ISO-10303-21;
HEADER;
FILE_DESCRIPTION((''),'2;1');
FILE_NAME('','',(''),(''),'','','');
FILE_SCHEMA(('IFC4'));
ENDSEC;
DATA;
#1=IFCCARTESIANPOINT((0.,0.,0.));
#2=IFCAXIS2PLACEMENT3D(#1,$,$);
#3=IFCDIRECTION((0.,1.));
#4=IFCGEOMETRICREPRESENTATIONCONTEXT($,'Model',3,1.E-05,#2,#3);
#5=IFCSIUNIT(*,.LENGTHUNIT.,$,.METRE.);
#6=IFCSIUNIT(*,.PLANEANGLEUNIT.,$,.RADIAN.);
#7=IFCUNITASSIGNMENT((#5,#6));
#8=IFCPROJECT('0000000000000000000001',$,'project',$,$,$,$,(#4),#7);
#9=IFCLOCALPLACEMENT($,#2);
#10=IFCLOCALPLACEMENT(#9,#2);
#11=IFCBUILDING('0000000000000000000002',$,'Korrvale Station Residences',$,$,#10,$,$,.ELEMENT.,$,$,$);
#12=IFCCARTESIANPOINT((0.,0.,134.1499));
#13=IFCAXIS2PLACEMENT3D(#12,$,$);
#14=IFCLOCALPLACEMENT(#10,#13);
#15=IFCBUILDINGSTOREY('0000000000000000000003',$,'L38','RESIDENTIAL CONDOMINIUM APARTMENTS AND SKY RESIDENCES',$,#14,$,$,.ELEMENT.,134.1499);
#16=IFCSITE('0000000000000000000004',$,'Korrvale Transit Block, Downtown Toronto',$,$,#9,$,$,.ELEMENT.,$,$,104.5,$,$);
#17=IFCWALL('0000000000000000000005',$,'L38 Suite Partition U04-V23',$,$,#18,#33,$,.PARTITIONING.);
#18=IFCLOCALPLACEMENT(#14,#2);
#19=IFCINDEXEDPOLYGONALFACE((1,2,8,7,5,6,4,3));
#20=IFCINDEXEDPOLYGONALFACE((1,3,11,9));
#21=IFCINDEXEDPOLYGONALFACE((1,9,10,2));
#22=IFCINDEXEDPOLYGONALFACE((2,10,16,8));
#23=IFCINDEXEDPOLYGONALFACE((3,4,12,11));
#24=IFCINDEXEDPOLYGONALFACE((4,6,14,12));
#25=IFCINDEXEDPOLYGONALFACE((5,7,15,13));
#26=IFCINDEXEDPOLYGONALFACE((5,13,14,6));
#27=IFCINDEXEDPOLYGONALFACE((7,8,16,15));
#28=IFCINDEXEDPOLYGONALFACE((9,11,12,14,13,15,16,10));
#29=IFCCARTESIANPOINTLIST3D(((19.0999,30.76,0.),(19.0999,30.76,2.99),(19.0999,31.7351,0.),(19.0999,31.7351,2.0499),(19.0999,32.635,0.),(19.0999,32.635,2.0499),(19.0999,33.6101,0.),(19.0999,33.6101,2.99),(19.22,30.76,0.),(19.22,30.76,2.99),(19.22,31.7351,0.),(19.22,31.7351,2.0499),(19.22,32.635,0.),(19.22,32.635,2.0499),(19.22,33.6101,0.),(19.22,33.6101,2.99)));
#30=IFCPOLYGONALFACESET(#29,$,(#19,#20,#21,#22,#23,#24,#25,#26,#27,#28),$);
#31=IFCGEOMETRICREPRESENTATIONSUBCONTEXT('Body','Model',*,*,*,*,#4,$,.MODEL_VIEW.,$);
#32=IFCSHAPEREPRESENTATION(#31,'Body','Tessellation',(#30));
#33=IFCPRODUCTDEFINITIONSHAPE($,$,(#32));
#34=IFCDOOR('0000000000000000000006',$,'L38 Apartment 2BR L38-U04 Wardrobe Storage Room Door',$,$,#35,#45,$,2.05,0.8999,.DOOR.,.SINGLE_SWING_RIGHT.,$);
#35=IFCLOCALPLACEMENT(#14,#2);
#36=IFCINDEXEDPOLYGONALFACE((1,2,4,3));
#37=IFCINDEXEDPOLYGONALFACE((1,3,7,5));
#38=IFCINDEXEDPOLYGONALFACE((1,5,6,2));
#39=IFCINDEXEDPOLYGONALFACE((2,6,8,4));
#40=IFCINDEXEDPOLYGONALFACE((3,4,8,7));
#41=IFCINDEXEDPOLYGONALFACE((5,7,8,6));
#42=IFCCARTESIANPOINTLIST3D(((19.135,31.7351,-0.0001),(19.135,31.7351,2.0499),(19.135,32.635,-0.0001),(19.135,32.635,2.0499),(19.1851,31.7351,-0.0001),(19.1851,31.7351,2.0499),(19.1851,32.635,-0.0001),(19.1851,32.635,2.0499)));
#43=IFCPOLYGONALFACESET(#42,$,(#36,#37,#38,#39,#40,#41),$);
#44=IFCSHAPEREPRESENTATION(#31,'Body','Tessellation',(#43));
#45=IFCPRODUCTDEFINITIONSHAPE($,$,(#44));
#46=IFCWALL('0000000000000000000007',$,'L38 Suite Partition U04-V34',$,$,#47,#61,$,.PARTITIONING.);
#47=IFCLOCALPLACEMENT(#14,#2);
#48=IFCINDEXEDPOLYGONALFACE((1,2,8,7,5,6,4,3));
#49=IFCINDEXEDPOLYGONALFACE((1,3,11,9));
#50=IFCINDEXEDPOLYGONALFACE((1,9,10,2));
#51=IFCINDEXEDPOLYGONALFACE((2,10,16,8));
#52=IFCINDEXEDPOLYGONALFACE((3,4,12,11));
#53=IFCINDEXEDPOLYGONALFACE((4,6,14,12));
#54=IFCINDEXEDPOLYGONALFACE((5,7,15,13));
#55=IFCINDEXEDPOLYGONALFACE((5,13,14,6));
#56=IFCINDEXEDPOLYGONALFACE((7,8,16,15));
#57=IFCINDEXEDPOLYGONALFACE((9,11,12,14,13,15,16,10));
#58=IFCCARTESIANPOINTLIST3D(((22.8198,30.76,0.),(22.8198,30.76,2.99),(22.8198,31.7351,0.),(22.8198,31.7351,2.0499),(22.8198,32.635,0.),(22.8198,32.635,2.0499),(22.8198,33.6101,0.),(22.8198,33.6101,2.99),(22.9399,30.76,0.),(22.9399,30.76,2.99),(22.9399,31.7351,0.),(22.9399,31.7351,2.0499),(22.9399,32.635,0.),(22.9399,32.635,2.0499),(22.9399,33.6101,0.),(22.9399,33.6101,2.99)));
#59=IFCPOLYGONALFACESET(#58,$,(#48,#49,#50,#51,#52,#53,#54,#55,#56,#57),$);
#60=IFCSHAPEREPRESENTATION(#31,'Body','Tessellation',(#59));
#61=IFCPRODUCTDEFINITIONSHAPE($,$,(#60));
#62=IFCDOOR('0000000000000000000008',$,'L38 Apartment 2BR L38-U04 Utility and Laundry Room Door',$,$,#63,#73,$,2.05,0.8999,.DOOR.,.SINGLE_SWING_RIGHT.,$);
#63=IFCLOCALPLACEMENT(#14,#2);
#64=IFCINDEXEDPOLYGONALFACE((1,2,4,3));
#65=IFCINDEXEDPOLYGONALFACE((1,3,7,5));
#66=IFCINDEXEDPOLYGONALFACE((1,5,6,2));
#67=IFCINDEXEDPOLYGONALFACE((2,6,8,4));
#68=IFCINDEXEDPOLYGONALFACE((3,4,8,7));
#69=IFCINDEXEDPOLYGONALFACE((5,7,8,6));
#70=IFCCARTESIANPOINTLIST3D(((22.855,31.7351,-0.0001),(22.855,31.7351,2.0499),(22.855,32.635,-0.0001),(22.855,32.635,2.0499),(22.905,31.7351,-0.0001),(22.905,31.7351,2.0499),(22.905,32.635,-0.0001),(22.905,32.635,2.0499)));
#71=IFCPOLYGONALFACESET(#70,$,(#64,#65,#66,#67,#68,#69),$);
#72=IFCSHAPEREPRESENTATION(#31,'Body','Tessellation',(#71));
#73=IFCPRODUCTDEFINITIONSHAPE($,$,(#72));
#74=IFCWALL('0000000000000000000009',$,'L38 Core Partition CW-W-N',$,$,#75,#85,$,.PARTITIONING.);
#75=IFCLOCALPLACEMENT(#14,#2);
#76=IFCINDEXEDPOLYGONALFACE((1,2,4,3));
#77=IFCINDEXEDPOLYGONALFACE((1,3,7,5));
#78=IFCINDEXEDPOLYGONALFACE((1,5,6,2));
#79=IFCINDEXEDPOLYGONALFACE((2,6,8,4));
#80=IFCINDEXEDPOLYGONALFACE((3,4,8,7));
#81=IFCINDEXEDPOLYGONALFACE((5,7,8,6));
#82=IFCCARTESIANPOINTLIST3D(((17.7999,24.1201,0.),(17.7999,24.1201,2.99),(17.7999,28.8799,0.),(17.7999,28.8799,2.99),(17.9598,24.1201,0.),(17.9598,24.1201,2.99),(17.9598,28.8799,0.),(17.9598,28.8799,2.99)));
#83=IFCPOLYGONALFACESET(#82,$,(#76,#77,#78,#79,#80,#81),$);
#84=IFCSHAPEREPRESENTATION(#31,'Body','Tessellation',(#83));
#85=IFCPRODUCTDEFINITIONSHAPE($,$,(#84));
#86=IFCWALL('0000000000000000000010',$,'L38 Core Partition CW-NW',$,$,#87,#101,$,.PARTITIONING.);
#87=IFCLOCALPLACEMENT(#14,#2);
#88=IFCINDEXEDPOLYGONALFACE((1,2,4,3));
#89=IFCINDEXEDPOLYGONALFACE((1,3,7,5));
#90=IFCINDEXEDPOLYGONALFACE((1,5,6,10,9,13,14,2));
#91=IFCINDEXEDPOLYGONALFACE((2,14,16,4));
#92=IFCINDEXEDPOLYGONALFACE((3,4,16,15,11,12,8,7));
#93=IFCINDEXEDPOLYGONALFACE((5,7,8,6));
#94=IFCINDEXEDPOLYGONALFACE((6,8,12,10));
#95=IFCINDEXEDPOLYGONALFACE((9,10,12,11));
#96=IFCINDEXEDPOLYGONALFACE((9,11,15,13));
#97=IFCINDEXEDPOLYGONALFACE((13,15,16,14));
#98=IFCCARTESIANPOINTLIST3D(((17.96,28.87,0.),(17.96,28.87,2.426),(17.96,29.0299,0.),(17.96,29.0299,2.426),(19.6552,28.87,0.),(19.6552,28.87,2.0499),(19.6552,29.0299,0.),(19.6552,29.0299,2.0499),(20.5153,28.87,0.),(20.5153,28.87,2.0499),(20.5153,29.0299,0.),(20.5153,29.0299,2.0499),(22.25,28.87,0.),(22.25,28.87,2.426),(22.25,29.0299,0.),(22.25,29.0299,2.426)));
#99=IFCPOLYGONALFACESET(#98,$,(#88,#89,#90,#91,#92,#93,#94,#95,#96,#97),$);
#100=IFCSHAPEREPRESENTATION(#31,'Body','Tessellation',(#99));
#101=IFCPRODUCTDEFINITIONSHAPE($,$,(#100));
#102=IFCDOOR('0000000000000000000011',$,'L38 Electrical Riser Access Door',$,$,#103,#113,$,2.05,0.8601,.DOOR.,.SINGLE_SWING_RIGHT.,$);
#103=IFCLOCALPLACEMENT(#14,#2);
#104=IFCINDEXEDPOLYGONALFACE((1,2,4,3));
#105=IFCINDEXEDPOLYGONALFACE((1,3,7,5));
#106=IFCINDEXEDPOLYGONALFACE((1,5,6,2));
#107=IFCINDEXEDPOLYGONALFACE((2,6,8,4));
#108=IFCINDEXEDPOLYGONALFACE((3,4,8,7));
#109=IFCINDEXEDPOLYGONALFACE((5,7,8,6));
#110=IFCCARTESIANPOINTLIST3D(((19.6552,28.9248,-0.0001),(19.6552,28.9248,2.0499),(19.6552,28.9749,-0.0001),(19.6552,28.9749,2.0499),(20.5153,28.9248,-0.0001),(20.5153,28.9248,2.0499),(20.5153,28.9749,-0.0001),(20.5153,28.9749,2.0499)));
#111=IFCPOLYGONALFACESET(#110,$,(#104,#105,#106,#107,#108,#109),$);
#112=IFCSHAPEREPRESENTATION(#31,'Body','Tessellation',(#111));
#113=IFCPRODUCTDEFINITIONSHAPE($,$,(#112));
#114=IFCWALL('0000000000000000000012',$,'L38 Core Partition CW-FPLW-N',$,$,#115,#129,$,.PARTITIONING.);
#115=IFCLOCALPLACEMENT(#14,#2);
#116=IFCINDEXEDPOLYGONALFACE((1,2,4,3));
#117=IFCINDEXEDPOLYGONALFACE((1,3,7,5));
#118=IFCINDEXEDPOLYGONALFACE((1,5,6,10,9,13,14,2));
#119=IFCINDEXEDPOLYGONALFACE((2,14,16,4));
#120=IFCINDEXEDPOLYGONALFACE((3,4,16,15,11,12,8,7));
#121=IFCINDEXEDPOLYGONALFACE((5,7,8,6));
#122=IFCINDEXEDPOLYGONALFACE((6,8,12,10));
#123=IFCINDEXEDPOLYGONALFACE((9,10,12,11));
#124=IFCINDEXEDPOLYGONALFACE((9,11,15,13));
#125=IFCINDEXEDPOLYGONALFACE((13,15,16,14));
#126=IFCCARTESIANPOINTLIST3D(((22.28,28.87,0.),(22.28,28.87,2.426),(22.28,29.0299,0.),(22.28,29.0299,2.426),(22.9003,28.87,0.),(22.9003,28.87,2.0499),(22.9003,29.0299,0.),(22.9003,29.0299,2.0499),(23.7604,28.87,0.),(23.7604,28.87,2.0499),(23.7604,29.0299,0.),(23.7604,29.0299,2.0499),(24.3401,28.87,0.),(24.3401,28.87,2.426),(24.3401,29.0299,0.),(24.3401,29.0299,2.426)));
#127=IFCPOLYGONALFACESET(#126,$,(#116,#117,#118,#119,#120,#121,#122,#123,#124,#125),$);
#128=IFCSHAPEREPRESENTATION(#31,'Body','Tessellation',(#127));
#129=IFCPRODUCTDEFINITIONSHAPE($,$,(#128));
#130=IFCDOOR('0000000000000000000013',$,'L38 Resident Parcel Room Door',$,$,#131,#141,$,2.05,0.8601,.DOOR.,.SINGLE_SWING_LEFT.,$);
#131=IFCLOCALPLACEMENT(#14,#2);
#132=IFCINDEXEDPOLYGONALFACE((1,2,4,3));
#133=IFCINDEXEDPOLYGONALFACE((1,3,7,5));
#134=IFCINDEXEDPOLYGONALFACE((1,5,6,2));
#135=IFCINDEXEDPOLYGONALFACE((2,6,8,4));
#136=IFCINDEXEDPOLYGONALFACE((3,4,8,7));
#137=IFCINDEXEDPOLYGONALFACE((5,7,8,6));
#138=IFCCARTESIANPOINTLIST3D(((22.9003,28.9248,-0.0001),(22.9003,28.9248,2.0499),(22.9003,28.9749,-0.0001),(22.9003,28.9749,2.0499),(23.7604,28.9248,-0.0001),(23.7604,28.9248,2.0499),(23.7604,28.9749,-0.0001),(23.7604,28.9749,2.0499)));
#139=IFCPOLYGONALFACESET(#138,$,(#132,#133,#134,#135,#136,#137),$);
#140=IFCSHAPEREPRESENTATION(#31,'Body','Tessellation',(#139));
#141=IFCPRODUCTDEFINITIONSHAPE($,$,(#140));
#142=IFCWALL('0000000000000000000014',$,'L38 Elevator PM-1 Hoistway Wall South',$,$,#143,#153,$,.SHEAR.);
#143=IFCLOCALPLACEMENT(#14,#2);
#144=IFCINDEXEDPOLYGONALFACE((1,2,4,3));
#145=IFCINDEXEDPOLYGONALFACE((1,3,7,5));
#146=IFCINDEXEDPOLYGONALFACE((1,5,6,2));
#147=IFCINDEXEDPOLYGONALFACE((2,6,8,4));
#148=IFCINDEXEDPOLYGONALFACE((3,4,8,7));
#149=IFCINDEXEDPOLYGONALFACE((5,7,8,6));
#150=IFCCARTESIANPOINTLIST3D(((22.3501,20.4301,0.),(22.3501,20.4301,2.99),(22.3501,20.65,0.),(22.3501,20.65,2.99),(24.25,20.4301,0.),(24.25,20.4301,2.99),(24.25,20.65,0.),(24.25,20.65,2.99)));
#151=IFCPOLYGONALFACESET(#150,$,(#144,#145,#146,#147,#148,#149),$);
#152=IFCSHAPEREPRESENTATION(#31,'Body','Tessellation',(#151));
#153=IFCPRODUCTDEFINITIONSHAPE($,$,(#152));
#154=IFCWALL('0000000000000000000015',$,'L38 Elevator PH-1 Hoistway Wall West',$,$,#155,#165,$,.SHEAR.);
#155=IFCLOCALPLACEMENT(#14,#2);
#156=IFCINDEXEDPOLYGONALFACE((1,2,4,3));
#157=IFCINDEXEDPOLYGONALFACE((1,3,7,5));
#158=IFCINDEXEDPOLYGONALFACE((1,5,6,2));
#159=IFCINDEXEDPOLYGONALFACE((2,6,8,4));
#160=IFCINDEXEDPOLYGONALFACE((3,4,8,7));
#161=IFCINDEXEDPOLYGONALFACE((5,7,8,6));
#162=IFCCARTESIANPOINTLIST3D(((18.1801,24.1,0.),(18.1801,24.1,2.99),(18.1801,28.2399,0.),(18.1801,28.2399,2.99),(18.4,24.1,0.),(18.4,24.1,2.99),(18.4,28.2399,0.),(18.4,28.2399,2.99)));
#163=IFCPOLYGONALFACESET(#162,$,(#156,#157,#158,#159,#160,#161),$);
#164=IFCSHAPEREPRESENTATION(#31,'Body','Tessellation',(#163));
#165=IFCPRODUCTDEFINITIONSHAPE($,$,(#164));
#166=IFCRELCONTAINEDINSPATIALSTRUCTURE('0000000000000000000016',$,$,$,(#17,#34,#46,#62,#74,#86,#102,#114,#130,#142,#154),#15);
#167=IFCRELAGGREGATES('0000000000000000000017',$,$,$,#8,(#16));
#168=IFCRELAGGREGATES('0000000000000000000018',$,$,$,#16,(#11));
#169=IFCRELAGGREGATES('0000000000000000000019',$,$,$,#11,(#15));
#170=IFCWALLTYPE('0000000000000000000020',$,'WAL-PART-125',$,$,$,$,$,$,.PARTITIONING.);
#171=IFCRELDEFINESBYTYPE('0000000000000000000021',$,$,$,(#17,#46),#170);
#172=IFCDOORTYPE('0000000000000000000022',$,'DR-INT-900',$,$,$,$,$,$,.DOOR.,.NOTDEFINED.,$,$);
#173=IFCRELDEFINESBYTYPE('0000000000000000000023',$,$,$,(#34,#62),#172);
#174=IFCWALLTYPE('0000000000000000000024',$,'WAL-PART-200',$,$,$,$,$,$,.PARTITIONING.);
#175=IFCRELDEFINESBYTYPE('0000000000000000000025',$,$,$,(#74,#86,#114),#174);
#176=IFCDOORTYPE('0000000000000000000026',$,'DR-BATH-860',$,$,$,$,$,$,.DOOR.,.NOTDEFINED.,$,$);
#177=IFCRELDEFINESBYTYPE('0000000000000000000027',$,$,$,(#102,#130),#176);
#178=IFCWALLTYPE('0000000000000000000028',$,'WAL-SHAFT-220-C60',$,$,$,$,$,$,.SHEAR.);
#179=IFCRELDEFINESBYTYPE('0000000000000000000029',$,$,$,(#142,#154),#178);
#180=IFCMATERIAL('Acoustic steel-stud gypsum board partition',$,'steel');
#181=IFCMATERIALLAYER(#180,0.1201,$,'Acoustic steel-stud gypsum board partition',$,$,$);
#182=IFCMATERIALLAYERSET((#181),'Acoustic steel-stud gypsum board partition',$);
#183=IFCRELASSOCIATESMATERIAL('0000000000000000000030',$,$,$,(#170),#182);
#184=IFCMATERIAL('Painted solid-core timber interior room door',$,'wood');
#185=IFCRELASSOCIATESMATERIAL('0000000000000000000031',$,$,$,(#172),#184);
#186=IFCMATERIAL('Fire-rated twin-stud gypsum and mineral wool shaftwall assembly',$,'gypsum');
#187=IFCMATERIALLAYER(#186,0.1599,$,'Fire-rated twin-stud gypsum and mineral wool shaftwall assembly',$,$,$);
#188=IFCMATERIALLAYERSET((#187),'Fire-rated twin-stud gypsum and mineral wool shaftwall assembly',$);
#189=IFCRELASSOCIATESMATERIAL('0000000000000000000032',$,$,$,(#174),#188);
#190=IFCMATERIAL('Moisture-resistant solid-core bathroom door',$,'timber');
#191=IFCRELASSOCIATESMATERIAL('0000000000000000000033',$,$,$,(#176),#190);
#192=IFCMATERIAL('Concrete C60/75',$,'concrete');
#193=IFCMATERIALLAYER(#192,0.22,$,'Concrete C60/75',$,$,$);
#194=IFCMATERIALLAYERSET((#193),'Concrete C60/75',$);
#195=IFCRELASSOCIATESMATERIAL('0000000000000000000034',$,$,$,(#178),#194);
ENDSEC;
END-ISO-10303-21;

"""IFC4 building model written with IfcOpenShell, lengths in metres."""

from ifc_helpers import new_model, si_unit, direction, frame, frame_2d, origin, place, context, subcontext, project, spatial, rectangle, extrude, material, layer, layer_set, type_object, element, fill, save


model = new_model("IFC4")

# Units and contexts
model_context = context("Model", 3, precision=1e-05, world=origin(), true_north=direction((0.0, 1.0)))
body_context = subcontext(model_context, "Body", "Model", "MODEL_VIEW")
ifc_project = project(units=[si_unit("LENGTHUNIT", "METRE"), si_unit("PLANEANGLEUNIT", "RADIAN")], contexts=[model_context])

# Site, building, storey
site_placement = place(None, origin())
site = spatial("IfcSite", under=ifc_project, at=site_placement, Name="Korrvale Transit Block, Downtown Toronto", CompositionType="ELEMENT", RefElevation=104.5)
building_placement = place(site_placement, origin())
building = spatial("IfcBuilding", under=site, at=building_placement, Name="Korrvale Station Residences", CompositionType="ELEMENT")
storey_placement = place(building_placement, frame((0.0, 0.0, 134.1499)))
storey = spatial("IfcBuildingStorey", under=building, at=storey_placement, Name="L38", Description="RESIDENTIAL CONDOMINIUM APARTMENTS AND SKY RESIDENCES", CompositionType="ELEMENT", Elevation=134.1499)

# Shared definitions
ifc_material_1 = material(Name="Concrete C60/75", Category="concrete")

# Shared definitions
ifc_material_2 = material(Name="Acoustic steel-stud gypsum board partition", Category="steel")
ifc_layer_1 = layer(ifc_material_2, 0.1201, Name="Acoustic steel-stud gypsum board partition")
ifc_layer_set_1 = layer_set([ifc_layer_1], Name="Acoustic steel-stud gypsum board partition")
wall_type_1 = type_object("IfcWallType", Name="WAL-PART-125", PredefinedType="PARTITIONING", material=ifc_layer_set_1)

# Walls, openings, doors
wall_1_placement = place(storey_placement, frame((19.1599, 30.76, 0.0), z_axis=(0.0, 0.0, 1.0), x_axis=(0.0, 1.0, 0.0)))
wall_1 = element("IfcWall", 1, at=wall_1_placement, inside=storey, type_object=wall_type_1, Name="L38 Suite Partition U04-V23", PredefinedType="PARTITIONING", context=body_context, shape_type="SweptSolid", body=[
    extrude(rectangle(XDim=2.8501, YDim=0.1201, at=frame_2d((1.425, 0.0))), origin(), (0.0, 0.0, 1.0), 2.99),
])
opening_1_placement = place(wall_1_placement, frame((0.9751, 0.0, 0.0)))
opening_1 = element("IfcOpeningElement", 2, at=opening_1_placement, cuts=wall_1, PredefinedType="OPENING", context=body_context, shape_type="SweptSolid", body=[
    extrude(rectangle(XDim=0.8999, YDim=2.05, at=frame_2d((0.45, 1.0249))), frame((0.0, 0.0701, 0.0), z_axis=(0.0, -1.0, 0.0), x_axis=(1.0, 0.0, 0.0)), (0.0, 0.0, 1.0), 0.1401),
])
ifc_material_3 = material(Name="Painted solid-core timber interior room door", Category="wood")
door_type_1 = type_object("IfcDoorType", Name="DR-INT-900", OperationType="NOTDEFINED", PredefinedType="DOOR", material=ifc_material_3)
door_1_placement = place(opening_1_placement, origin())
door_1 = element("IfcDoor", 3, at=door_1_placement, inside=storey, type_object=door_type_1, Name="L38 Apartment 2BR L38-U04 Wardrobe Storage Room Door", OperationType="SINGLE_SWING_RIGHT", OverallHeight=2.05, OverallWidth=0.8999, PredefinedType="DOOR", context=body_context, shape_type="SweptSolid", body=[
    extrude(rectangle(XDim=0.8999, YDim=2.05, at=frame_2d((0.45, 1.0249))), frame((0.0, 0.0249, 0.0), z_axis=(0.0, -1.0, 0.0), x_axis=(1.0, 0.0, 0.0)), (0.0, 0.0, 1.0), 0.05),
])
fill(opening_1, door_1)
wall_2_placement = place(storey_placement, frame((22.8799, 30.76, 0.0), z_axis=(0.0, 0.0, 1.0), x_axis=(0.0, 1.0, 0.0)))
wall_2 = element("IfcWall", 4, at=wall_2_placement, inside=storey, type_object=wall_type_1, Name="L38 Suite Partition U04-V34", PredefinedType="PARTITIONING", context=body_context, shape_type="SweptSolid", body=[
    extrude(rectangle(XDim=2.8501, YDim=0.1201, at=frame_2d((1.425, 0.0))), origin(), (0.0, 0.0, 1.0), 2.99),
])
opening_2_placement = place(wall_2_placement, frame((0.9751, 0.0, 0.0)))
opening_2 = element("IfcOpeningElement", 5, at=opening_2_placement, cuts=wall_2, PredefinedType="OPENING", context=body_context, shape_type="SweptSolid", body=[
    extrude(rectangle(XDim=0.8999, YDim=2.05, at=frame_2d((0.45, 1.0249))), frame((0.0, 0.0701, 0.0), z_axis=(0.0, -1.0, 0.0), x_axis=(1.0, 0.0, 0.0)), (0.0, 0.0, 1.0), 0.1401),
])
door_2_placement = place(opening_2_placement, origin())
door_2 = element("IfcDoor", 6, at=door_2_placement, inside=storey, type_object=door_type_1, Name="L38 Apartment 2BR L38-U04 Utility and Laundry Room Door", OperationType="SINGLE_SWING_RIGHT", OverallHeight=2.05, OverallWidth=0.8999, PredefinedType="DOOR", context=body_context, shape_type="SweptSolid", body=[
    extrude(rectangle(XDim=0.8999, YDim=2.05, at=frame_2d((0.45, 1.0249))), frame((0.0, 0.0249, 0.0), z_axis=(0.0, -1.0, 0.0), x_axis=(1.0, 0.0, 0.0)), (0.0, 0.0, 1.0), 0.05),
])
fill(opening_2, door_2)

# Wall
ifc_material_4 = material(Name="Fire-rated twin-stud gypsum and mineral wool shaftwall assembly", Category="gypsum")
ifc_layer_2 = layer(ifc_material_4, 0.1599, Name="Fire-rated twin-stud gypsum and mineral wool shaftwall assembly")
ifc_layer_set_2 = layer_set([ifc_layer_2], Name="Fire-rated twin-stud gypsum and mineral wool shaftwall assembly")
wall_type_2 = type_object("IfcWallType", Name="WAL-PART-200", PredefinedType="PARTITIONING", material=ifc_layer_set_2)
wall_3_placement = place(storey_placement, frame((17.8799, 24.1201, 0.0), z_axis=(0.0, 0.0, 1.0), x_axis=(0.0, 1.0, 0.0)))
element("IfcWall", 7, at=wall_3_placement, inside=storey, type_object=wall_type_2, Name="L38 Core Partition CW-W-N", PredefinedType="PARTITIONING", context=body_context, shape_type="SweptSolid", body=[
    extrude(rectangle(XDim=4.7598, YDim=0.1599, at=frame_2d((2.3799, 0.0))), origin(), (0.0, 0.0, 1.0), 2.99),
])

# Walls, openings, doors
wall_4_placement = place(storey_placement, frame((17.96, 28.95, 0.0), z_axis=(0.0, 0.0, 1.0), x_axis=(1.0, 0.0, 0.0)))
wall_4 = element("IfcWall", 8, at=wall_4_placement, inside=storey, type_object=wall_type_2, Name="L38 Core Partition CW-NW", PredefinedType="PARTITIONING", context=body_context, shape_type="SweptSolid", body=[
    extrude(rectangle(XDim=4.29, YDim=0.1599, at=frame_2d((2.145, 0.0))), origin(), (0.0, 0.0, 1.0), 2.426),
])
opening_3_placement = place(wall_4_placement, frame((1.6951, 0.0, 0.0)))
opening_3 = element("IfcOpeningElement", 9, at=opening_3_placement, cuts=wall_4, PredefinedType="OPENING", context=body_context, shape_type="SweptSolid", body=[
    extrude(rectangle(XDim=0.8601, YDim=2.05, at=frame_2d((0.4302, 1.0249))), frame((0.0, 0.0898, 0.0), z_axis=(0.0, -1.0, 0.0), x_axis=(1.0, 0.0, 0.0)), (0.0, 0.0, 1.0), 0.1799),
])
ifc_material_5 = material(Name="Moisture-resistant solid-core bathroom door", Category="timber")
door_type_2 = type_object("IfcDoorType", Name="DR-BATH-860", OperationType="NOTDEFINED", PredefinedType="DOOR", material=ifc_material_5)
door_3_placement = place(opening_3_placement, origin())
door_3 = element("IfcDoor", 10, at=door_3_placement, inside=storey, type_object=door_type_2, Name="L38 Electrical Riser Access Door", OperationType="SINGLE_SWING_RIGHT", OverallHeight=2.05, OverallWidth=0.8601, PredefinedType="DOOR", context=body_context, shape_type="SweptSolid", body=[
    extrude(rectangle(XDim=0.8601, YDim=2.05, at=frame_2d((0.4302, 1.0249))), frame((0.0, 0.0249, 0.0), z_axis=(0.0, -1.0, 0.0), x_axis=(1.0, 0.0, 0.0)), (0.0, 0.0, 1.0), 0.05),
])
fill(opening_3, door_3)
wall_5_placement = place(storey_placement, frame((22.28, 28.95, 0.0), z_axis=(0.0, 0.0, 1.0), x_axis=(1.0, 0.0, 0.0)))
wall_5 = element("IfcWall", 11, at=wall_5_placement, inside=storey, type_object=wall_type_2, Name="L38 Core Partition CW-FPLW-N", PredefinedType="PARTITIONING", context=body_context, shape_type="SweptSolid", body=[
    extrude(rectangle(XDim=2.0601, YDim=0.1599, at=frame_2d((1.03, 0.0))), origin(), (0.0, 0.0, 1.0), 2.426),
])
opening_4_placement = place(wall_5_placement, frame((0.6201, 0.0, 0.0)))
opening_4 = element("IfcOpeningElement", 12, at=opening_4_placement, cuts=wall_5, PredefinedType="OPENING", context=body_context, shape_type="SweptSolid", body=[
    extrude(rectangle(XDim=0.8601, YDim=2.05, at=frame_2d((0.4302, 1.0249))), frame((0.0, 0.0898, 0.0), z_axis=(0.0, -1.0, 0.0), x_axis=(1.0, 0.0, 0.0)), (0.0, 0.0, 1.0), 0.1799),
])
door_4_placement = place(opening_4_placement, origin())
door_4 = element("IfcDoor", 13, at=door_4_placement, inside=storey, type_object=door_type_2, Name="L38 Resident Parcel Room Door", OperationType="SINGLE_SWING_LEFT", OverallHeight=2.05, OverallWidth=0.8601, PredefinedType="DOOR", context=body_context, shape_type="SweptSolid", body=[
    extrude(rectangle(XDim=0.8601, YDim=2.05, at=frame_2d((0.4302, 1.0249))), frame((0.0, 0.0249, 0.0), z_axis=(0.0, -1.0, 0.0), x_axis=(1.0, 0.0, 0.0)), (0.0, 0.0, 1.0), 0.05),
])
fill(opening_4, door_4)

# Wall
ifc_layer_3 = layer(ifc_material_1, 0.22, Name="Concrete C60/75")
ifc_layer_set_3 = layer_set([ifc_layer_3], Name="Concrete C60/75")
wall_type_3 = type_object("IfcWallType", Name="WAL-SHAFT-220-C60", PredefinedType="SHEAR", material=ifc_layer_set_3)
wall_6_placement = place(storey_placement, frame((22.3501, 20.54, 0.0), z_axis=(0.0, 0.0, 1.0), x_axis=(1.0, 0.0, 0.0)))
element("IfcWall", 14, at=wall_6_placement, inside=storey, type_object=wall_type_3, Name="L38 Elevator PM-1 Hoistway Wall South", PredefinedType="SHEAR", context=body_context, shape_type="SweptSolid", body=[
    extrude(rectangle(XDim=1.8999, YDim=0.22, at=frame_2d((0.95, 0.0))), origin(), (0.0, 0.0, 1.0), 2.99),
])

# Wall
wall_7_placement = place(storey_placement, frame((18.29, 24.1001, 0.0), z_axis=(0.0, 0.0, 1.0), x_axis=(0.0, 1.0, 0.0)))
element("IfcWall", 15, at=wall_7_placement, inside=storey, type_object=wall_type_3, Name="L38 Elevator PH-1 Hoistway Wall West", PredefinedType="SHEAR", context=body_context, shape_type="SweptSolid", body=[
    extrude(rectangle(XDim=4.1399, YDim=0.22, at=frame_2d((2.0698, 0.0))), origin(), (0.0, 0.0, 1.0), 2.99),
])

save(model, "model.ifc")
